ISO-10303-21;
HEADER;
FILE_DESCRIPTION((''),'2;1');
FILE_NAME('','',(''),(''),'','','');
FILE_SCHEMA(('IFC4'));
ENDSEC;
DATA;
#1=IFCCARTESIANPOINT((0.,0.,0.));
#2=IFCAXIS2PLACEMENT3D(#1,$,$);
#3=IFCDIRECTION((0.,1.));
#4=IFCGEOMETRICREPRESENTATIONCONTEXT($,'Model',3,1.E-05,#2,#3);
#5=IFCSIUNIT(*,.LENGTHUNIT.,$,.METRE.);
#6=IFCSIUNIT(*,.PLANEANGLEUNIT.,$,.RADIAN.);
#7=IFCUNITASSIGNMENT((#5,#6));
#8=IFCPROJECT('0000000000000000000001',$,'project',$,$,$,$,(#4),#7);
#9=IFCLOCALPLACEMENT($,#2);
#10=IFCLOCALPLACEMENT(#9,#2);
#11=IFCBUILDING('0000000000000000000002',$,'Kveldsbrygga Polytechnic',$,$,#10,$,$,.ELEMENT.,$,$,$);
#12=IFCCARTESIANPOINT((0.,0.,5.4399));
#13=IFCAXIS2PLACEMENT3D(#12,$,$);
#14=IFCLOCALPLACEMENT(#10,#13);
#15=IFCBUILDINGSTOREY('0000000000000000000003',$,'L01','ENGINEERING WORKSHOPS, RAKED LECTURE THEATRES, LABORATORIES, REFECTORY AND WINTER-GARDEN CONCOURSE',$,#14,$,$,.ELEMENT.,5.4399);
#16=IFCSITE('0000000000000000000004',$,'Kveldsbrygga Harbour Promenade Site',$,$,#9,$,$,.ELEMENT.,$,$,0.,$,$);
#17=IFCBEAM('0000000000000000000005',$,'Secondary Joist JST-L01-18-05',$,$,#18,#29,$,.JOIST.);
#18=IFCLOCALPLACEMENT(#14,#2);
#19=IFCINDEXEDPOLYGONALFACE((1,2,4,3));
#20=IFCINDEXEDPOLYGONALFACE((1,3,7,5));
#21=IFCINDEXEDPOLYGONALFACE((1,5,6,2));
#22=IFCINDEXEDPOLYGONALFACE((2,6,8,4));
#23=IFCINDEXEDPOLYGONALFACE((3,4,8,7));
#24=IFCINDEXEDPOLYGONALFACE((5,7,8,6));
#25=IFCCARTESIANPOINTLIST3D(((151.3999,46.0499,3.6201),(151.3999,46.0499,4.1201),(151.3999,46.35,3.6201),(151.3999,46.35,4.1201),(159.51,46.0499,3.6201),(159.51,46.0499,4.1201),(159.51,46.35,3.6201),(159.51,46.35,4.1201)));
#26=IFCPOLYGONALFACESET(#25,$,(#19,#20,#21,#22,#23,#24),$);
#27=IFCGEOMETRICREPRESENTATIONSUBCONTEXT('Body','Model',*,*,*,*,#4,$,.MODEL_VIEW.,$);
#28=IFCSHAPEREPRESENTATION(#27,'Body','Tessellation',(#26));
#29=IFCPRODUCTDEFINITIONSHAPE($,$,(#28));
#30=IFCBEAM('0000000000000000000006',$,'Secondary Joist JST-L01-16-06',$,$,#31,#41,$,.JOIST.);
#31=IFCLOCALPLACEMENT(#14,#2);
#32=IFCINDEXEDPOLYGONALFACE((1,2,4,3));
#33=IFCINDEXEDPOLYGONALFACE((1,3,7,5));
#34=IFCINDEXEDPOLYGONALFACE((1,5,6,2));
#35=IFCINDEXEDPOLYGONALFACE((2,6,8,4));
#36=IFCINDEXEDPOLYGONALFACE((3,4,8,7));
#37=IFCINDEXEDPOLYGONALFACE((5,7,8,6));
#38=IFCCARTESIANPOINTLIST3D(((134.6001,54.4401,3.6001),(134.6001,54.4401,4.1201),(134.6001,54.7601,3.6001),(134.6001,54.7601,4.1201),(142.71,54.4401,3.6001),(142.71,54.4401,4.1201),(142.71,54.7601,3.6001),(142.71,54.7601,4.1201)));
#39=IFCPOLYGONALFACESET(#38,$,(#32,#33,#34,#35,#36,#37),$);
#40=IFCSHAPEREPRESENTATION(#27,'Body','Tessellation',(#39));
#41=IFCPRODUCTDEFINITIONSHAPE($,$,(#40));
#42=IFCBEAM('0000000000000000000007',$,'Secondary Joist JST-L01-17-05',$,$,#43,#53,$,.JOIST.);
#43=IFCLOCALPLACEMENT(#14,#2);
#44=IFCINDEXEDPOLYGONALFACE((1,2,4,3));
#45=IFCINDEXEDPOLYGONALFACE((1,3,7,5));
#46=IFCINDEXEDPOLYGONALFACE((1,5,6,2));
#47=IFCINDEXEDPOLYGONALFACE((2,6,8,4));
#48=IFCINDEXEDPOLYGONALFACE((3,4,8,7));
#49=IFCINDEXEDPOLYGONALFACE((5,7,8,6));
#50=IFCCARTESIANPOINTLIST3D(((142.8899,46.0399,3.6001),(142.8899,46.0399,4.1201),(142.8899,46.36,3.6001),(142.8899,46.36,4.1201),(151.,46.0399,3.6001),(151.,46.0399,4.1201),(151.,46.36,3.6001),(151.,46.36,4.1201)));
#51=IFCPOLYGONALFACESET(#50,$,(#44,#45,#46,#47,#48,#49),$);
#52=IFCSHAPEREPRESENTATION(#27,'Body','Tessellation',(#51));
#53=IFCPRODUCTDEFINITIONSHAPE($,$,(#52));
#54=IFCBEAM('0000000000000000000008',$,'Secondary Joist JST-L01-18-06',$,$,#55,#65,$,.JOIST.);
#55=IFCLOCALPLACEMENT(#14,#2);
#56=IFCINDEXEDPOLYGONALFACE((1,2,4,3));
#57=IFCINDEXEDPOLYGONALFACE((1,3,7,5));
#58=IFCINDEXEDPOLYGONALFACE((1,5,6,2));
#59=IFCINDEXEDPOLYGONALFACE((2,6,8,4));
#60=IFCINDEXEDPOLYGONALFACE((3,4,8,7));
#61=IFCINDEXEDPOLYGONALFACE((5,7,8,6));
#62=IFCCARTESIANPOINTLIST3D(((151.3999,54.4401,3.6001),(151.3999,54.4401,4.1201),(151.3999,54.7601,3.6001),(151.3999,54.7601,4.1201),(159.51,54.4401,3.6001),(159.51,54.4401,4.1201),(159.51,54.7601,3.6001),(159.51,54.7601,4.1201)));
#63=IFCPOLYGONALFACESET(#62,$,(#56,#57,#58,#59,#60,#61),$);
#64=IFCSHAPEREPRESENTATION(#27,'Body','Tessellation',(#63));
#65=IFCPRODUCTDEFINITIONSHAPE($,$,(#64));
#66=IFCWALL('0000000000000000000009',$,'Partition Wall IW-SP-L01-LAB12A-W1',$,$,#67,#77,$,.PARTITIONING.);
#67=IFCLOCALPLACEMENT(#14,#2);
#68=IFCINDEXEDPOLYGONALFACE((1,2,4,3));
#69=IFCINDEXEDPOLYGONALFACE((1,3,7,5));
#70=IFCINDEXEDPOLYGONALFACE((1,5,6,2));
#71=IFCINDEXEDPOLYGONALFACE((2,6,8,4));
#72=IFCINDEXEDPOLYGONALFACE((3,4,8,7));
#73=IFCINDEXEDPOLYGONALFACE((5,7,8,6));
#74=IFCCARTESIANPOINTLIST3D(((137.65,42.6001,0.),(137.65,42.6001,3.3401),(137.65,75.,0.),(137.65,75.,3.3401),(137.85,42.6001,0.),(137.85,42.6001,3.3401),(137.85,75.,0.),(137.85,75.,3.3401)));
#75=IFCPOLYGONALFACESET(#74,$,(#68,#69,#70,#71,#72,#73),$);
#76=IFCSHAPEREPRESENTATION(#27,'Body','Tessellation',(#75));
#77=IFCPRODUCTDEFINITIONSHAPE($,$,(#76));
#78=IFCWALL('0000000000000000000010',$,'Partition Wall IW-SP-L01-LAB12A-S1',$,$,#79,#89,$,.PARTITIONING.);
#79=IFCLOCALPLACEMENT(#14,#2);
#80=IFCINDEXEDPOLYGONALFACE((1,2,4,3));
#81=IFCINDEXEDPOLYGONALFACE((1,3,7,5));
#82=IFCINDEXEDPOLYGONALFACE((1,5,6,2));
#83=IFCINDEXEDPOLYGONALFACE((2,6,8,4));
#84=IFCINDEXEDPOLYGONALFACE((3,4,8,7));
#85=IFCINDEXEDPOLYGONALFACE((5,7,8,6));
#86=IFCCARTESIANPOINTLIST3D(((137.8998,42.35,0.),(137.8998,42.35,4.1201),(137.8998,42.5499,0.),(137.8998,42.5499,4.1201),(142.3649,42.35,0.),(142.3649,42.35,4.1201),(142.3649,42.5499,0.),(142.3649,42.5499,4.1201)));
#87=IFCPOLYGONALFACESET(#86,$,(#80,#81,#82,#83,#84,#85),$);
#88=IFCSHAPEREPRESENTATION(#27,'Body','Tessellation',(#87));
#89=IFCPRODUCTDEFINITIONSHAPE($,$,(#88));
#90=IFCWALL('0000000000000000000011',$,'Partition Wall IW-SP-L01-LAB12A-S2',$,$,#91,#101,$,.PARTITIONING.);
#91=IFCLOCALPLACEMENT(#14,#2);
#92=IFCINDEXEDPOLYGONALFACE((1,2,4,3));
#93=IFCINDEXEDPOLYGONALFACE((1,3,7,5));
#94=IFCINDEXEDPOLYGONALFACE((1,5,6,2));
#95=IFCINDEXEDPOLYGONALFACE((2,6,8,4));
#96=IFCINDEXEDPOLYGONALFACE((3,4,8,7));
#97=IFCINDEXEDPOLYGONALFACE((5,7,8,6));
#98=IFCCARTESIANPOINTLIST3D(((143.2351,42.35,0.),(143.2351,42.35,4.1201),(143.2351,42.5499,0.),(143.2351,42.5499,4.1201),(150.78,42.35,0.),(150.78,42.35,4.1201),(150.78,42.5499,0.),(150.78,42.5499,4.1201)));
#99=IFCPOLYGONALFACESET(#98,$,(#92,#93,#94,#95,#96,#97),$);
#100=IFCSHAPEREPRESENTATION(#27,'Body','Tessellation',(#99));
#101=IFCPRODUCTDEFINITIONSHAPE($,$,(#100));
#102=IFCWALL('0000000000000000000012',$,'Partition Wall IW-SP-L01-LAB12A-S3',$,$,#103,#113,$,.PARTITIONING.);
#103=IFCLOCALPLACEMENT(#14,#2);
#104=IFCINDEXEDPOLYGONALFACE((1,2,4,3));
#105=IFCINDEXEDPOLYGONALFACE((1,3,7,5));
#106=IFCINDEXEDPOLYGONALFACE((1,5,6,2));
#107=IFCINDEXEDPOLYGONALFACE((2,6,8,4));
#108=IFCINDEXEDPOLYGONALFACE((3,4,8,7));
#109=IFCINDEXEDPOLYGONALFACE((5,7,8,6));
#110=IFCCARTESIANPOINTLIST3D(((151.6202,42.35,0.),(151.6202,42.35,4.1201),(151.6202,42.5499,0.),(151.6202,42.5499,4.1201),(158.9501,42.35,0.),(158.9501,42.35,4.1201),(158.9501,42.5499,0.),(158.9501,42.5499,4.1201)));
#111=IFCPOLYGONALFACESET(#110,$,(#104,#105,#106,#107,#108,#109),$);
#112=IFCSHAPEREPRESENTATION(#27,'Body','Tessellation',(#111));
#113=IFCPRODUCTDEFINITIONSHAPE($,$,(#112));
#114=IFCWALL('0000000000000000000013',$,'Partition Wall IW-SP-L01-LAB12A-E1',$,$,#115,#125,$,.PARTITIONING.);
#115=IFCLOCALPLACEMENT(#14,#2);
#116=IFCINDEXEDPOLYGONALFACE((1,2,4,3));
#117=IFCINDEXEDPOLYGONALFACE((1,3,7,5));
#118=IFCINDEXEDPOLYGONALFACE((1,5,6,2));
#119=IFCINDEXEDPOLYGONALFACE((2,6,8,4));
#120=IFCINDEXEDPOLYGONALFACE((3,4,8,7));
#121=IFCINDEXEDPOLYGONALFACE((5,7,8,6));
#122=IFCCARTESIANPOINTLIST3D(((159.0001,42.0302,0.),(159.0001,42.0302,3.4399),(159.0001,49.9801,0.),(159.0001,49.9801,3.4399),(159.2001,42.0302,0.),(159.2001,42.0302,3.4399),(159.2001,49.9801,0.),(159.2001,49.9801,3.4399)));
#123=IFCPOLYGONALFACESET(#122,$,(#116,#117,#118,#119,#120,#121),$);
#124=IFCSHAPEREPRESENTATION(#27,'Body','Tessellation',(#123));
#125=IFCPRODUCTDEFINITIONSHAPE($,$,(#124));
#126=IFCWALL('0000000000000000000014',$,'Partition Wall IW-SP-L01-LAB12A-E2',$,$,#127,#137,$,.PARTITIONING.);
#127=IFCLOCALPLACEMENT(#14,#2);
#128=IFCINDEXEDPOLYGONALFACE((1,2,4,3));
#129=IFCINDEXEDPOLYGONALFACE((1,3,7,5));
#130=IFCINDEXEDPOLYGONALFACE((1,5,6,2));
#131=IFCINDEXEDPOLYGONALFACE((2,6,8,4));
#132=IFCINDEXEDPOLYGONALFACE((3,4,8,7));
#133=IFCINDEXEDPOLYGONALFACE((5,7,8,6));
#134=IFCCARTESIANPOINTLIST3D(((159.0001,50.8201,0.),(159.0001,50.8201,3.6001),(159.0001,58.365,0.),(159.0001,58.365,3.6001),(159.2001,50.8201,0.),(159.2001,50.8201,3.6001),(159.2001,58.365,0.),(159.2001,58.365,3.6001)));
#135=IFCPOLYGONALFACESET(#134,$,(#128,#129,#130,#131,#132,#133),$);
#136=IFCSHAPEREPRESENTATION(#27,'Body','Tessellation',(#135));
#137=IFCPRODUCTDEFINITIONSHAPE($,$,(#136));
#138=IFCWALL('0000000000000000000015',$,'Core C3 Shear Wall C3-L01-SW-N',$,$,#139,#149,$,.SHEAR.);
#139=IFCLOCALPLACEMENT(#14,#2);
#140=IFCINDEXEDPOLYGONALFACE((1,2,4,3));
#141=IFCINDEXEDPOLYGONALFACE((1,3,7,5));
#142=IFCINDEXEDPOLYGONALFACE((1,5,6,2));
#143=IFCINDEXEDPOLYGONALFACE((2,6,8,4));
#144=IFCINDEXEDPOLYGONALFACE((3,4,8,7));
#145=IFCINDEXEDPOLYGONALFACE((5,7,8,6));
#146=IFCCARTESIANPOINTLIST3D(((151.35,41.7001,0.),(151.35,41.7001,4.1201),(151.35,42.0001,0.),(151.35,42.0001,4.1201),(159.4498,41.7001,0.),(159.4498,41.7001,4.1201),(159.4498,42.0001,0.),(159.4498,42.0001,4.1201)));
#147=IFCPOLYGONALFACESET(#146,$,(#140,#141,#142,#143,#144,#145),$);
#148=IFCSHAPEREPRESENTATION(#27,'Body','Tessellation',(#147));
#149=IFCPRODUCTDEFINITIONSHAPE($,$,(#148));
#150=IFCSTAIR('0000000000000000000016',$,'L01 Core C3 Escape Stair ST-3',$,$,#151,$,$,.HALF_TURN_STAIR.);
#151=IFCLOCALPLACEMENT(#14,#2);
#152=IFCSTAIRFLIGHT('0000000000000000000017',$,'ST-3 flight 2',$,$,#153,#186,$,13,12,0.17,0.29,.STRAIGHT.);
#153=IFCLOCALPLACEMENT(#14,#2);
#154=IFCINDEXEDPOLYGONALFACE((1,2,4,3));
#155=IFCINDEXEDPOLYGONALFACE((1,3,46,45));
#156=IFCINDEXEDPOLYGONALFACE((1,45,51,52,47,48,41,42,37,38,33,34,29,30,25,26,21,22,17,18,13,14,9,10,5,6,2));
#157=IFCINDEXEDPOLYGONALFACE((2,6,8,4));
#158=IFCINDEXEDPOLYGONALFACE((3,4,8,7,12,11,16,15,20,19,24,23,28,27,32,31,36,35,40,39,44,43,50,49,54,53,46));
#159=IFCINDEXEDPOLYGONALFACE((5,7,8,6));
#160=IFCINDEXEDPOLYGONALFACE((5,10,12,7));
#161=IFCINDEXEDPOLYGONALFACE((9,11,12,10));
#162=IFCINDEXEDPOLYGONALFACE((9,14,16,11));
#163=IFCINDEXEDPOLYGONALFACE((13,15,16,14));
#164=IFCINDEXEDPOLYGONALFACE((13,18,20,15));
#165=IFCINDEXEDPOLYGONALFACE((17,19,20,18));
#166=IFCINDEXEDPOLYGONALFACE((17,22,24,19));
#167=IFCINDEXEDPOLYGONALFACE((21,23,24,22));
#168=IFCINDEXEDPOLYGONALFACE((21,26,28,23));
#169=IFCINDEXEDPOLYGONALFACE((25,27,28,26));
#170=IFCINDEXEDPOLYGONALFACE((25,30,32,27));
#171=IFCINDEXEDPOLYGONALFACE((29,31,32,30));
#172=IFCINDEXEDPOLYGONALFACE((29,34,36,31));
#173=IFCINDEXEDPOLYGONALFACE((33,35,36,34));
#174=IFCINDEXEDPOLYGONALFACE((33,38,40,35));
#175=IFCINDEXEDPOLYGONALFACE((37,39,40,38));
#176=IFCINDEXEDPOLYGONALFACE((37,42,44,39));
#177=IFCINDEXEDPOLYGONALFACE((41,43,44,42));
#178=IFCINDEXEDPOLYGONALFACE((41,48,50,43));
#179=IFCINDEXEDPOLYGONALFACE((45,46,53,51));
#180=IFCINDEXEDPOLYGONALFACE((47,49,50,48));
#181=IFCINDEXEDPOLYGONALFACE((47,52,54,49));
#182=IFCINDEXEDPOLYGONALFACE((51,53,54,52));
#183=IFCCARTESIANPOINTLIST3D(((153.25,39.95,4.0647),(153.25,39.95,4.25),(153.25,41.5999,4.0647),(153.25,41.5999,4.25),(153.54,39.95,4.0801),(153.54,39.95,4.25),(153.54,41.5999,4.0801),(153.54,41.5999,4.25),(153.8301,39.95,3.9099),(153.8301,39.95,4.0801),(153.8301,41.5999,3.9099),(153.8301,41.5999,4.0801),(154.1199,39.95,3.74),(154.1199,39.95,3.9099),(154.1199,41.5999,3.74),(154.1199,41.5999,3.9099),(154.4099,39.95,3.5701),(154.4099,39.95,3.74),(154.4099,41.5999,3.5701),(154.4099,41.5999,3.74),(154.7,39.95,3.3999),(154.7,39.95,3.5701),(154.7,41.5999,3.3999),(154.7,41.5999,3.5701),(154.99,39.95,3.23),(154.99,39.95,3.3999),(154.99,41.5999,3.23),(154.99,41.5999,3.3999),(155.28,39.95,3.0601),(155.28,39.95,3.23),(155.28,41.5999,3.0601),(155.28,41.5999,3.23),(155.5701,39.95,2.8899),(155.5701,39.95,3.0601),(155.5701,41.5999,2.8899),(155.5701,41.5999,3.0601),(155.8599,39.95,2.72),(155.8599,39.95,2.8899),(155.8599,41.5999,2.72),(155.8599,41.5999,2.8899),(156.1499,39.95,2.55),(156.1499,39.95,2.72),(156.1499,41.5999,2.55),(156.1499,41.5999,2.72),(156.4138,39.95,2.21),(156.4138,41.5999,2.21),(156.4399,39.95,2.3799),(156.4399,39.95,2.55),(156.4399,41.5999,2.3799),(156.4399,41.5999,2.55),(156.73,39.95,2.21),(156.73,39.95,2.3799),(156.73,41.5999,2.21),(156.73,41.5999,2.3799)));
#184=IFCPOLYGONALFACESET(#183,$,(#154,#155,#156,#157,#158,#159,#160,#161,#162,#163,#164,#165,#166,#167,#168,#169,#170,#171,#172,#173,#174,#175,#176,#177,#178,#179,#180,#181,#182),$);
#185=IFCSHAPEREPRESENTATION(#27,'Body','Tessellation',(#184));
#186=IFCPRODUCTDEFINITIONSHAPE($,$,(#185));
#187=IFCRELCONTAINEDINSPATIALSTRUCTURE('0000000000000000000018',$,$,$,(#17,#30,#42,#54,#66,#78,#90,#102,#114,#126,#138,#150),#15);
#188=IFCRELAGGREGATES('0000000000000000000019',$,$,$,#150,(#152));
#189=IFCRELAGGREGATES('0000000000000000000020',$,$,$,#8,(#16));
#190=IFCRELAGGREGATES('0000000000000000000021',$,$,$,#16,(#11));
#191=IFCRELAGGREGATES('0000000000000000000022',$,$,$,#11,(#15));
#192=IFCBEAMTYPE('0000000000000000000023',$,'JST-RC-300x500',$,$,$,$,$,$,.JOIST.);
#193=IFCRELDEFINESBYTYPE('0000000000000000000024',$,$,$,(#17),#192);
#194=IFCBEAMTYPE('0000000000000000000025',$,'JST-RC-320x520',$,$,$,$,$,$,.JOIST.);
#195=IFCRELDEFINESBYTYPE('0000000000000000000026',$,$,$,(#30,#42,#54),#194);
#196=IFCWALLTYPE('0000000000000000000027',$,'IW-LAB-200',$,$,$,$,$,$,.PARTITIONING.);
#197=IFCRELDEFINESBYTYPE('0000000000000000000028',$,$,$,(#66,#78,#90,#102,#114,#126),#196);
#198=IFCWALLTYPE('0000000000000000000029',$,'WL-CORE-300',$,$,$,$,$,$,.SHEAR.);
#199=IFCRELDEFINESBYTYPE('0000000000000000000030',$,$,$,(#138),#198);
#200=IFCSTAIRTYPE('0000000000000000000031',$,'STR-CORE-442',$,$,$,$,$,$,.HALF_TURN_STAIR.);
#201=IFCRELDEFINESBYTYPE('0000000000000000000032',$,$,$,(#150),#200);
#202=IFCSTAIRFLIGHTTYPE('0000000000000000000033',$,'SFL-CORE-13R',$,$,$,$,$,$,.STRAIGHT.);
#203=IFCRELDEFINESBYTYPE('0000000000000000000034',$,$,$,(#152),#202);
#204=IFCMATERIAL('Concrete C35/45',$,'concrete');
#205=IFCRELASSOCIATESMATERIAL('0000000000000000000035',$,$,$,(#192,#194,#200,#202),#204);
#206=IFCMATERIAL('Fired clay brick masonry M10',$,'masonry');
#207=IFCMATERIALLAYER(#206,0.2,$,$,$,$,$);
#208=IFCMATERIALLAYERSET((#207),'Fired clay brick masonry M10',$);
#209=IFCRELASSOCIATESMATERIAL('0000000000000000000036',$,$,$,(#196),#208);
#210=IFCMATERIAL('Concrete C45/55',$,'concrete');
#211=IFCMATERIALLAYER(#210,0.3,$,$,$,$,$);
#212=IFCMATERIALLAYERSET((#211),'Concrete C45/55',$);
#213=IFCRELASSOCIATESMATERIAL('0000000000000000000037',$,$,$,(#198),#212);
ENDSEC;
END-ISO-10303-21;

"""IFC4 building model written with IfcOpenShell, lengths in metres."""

from ifc_helpers import new_model, si_unit, direction, frame, frame_2d, origin, origin_2d, place, context, subcontext, project, spatial, polyline, rectangle, outline, extrude, material, layer, layer_set, material_profile, profile_set, type_object, element, aggregate, save


model = new_model("IFC4")

# Units and contexts
model_context = context("Model", 3, precision=1e-05, world=origin(), true_north=direction((0.0, 1.0)))
body_context = subcontext(model_context, "Body", "Model", "MODEL_VIEW")
ifc_project = project(units=[si_unit("LENGTHUNIT", "METRE"), si_unit("PLANEANGLEUNIT", "RADIAN")], contexts=[model_context])

# Site, building, storey
site_placement = place(None, origin())
site = spatial("IfcSite", under=ifc_project, at=site_placement, Name="Kveldsbrygga Harbour Promenade Site", CompositionType="ELEMENT", RefElevation=0.0)
building_placement = place(site_placement, origin())
building = spatial("IfcBuilding", under=site, at=building_placement, Name="Kveldsbrygga Polytechnic", CompositionType="ELEMENT")
storey_placement = place(building_placement, frame((0.0, 0.0, 5.4399)))
storey = spatial("IfcBuildingStorey", under=building, at=storey_placement, Name="L01", Description="ENGINEERING WORKSHOPS, RAKED LECTURE THEATRES, LABORATORIES, REFECTORY AND WINTER-GARDEN CONCOURSE", CompositionType="ELEMENT", Elevation=5.4399)

# Shared definitions
ifc_material_1 = material(Name="Concrete C45/55", Category="concrete")

# Beams
ifc_material_2 = material(Name="Concrete C35/45", Category="concrete")
ifc_material_profile_1 = material_profile(ifc_material_2, rectangle(XDim=0.3, YDim=0.5, at=origin_2d()), Name="RC 300x500")
ifc_profile_set_1 = profile_set([ifc_material_profile_1], Name="Concrete C35/45")
beam_type_1 = type_object("IfcBeamType", Name="JST-RC-300x500", PredefinedType="JOIST", material=ifc_profile_set_1)
for number, where, z_axis, x_axis, name in (
    (1, (151.3999, 46.2, 3.8701), (1.0, 0.0, 0.0), (0.0, 1.0, 0.0), "Secondary Joist JST-L01-18-05"),
):
    element("IfcBeam", number, at=place(storey_placement, frame(where, z_axis=z_axis, x_axis=x_axis)), inside=storey, type_object=beam_type_1, Name=name, PredefinedType="JOIST", context=body_context, shape_type="SweptSolid", body=[
        extrude(rectangle(XDim=0.3, YDim=0.5, at=origin_2d()), origin(), (0.0, 0.0, 1.0), 8.1101),
    ])
ifc_material_profile_2 = material_profile(ifc_material_2, rectangle(XDim=0.3201, YDim=0.52, at=origin_2d()), Name="RC 320x520")
ifc_profile_set_2 = profile_set([ifc_material_profile_2], Name="Concrete C35/45")
beam_type_2 = type_object("IfcBeamType", Name="JST-RC-320x520", PredefinedType="JOIST", material=ifc_profile_set_2)
beam_1_placement = place(storey_placement, frame((134.6001, 54.6001, 3.8601), z_axis=(1.0, 0.0, 0.0), x_axis=(0.0, 1.0, 0.0)))
element("IfcBeam", 2, at=beam_1_placement, inside=storey, type_object=beam_type_2, Name="Secondary Joist JST-L01-16-06", PredefinedType="JOIST", context=body_context, shape_type="SweptSolid", body=[
    extrude(rectangle(XDim=0.3201, YDim=0.52, at=origin_2d()), origin(), (0.0, 0.0, 1.0), 8.1099),
])
for number, where, z_axis, x_axis, name in (
    (3, (142.8899, 46.2, 3.8601), (1.0, 0.0, 0.0), (0.0, 1.0, 0.0), "Secondary Joist JST-L01-17-05"),
    (4, (151.3999, 54.6001, 3.8601), (1.0, 0.0, 0.0), (0.0, 1.0, 0.0), "Secondary Joist JST-L01-18-06"),
):
    element("IfcBeam", number, at=place(storey_placement, frame(where, z_axis=z_axis, x_axis=x_axis)), inside=storey, type_object=beam_type_2, Name=name, PredefinedType="JOIST", context=body_context, shape_type="SweptSolid", body=[
        extrude(rectangle(XDim=0.3201, YDim=0.52, at=origin_2d()), origin(), (0.0, 0.0, 1.0), 8.1101),
    ])

# Walls
ifc_material_3 = material(Name="Fired clay brick masonry M10", Category="masonry")
ifc_layer_1 = layer(ifc_material_3, 0.2)
ifc_layer_set_1 = layer_set([ifc_layer_1], Name="Fired clay brick masonry M10")
wall_type_1 = type_object("IfcWallType", Name="IW-LAB-200", PredefinedType="PARTITIONING", material=ifc_layer_set_1)
wall_1_placement = place(storey_placement, frame((137.75, 42.6001, 0.0), z_axis=(0.0, 0.0, 1.0), x_axis=(0.0, 1.0, 0.0)))
element("IfcWall", 5, at=wall_1_placement, inside=storey, type_object=wall_type_1, Name="Partition Wall IW-SP-L01-LAB12A-W1", PredefinedType="PARTITIONING", context=body_context, shape_type="SweptSolid", body=[
    extrude(rectangle(XDim=32.3999, YDim=0.2, at=frame_2d((16.2, 0.0))), origin(), (0.0, 0.0, 1.0), 3.3401),
])
wall_2_placement = place(storey_placement, frame((137.8999, 42.45, 0.0), z_axis=(0.0, 0.0, 1.0), x_axis=(1.0, 0.0, 0.0)))
element("IfcWall", 6, at=wall_2_placement, inside=storey, type_object=wall_type_1, Name="Partition Wall IW-SP-L01-LAB12A-S1", PredefinedType="PARTITIONING", context=body_context, shape_type="SweptSolid", body=[
    extrude(rectangle(XDim=4.4651, YDim=0.2, at=frame_2d((2.2324, 0.0))), origin(), (0.0, 0.0, 1.0), 4.1201),
])
wall_3_placement = place(storey_placement, frame((143.2351, 42.45, 0.0), z_axis=(0.0, 0.0, 1.0), x_axis=(1.0, 0.0, 0.0)))
element("IfcWall", 7, at=wall_3_placement, inside=storey, type_object=wall_type_1, Name="Partition Wall IW-SP-L01-LAB12A-S2", PredefinedType="PARTITIONING", context=body_context, shape_type="SweptSolid", body=[
    extrude(rectangle(XDim=7.5449, YDim=0.2, at=frame_2d((3.7725, 0.0))), origin(), (0.0, 0.0, 1.0), 4.1201),
])
wall_4_placement = place(storey_placement, frame((151.6201, 42.45, 0.0), z_axis=(0.0, 0.0, 1.0), x_axis=(1.0, 0.0, 0.0)))
element("IfcWall", 8, at=wall_4_placement, inside=storey, type_object=wall_type_1, Name="Partition Wall IW-SP-L01-LAB12A-S3", PredefinedType="PARTITIONING", context=body_context, shape_type="SweptSolid", body=[
    extrude(rectangle(XDim=7.3298, YDim=0.2, at=frame_2d((3.665, 0.0))), origin(), (0.0, 0.0, 1.0), 4.1201),
])
wall_5_placement = place(storey_placement, frame((159.1001, 42.03, 0.0), z_axis=(0.0, 0.0, 1.0), x_axis=(0.0, 1.0, 0.0)))
element("IfcWall", 9, at=wall_5_placement, inside=storey, type_object=wall_type_1, Name="Partition Wall IW-SP-L01-LAB12A-E1", PredefinedType="PARTITIONING", context=body_context, shape_type="SweptSolid", body=[
    extrude(rectangle(XDim=7.95, YDim=0.2, at=frame_2d((3.9751, 0.0))), origin(), (0.0, 0.0, 1.0), 3.4399),
])
wall_6_placement = place(storey_placement, frame((159.1001, 50.8201, 0.0), z_axis=(0.0, 0.0, 1.0), x_axis=(0.0, 1.0, 0.0)))
element("IfcWall", 10, at=wall_6_placement, inside=storey, type_object=wall_type_1, Name="Partition Wall IW-SP-L01-LAB12A-E2", PredefinedType="PARTITIONING", context=body_context, shape_type="SweptSolid", body=[
    extrude(rectangle(XDim=7.5449, YDim=0.2, at=frame_2d((3.7725, 0.0))), origin(), (0.0, 0.0, 1.0), 3.6001),
])
ifc_layer_2 = layer(ifc_material_1, 0.3)
ifc_layer_set_2 = layer_set([ifc_layer_2], Name="Concrete C45/55")
wall_type_2 = type_object("IfcWallType", Name="WL-CORE-300", PredefinedType="SHEAR", material=ifc_layer_set_2)
wall_7_placement = place(storey_placement, frame((151.3501, 41.8501, 0.0), z_axis=(0.0, 0.0, 1.0), x_axis=(1.0, 0.0, 0.0)))
element("IfcWall", 11, at=wall_7_placement, inside=storey, type_object=wall_type_2, Name="Core C3 Shear Wall C3-L01-SW-N", PredefinedType="SHEAR", context=body_context, shape_type="SweptSolid", body=[
    extrude(rectangle(XDim=8.0999, YDim=0.3, at=frame_2d((4.0498, 0.0))), origin(), (0.0, 0.0, 1.0), 4.1201),
])

# Stair, stair flight
stair_type = type_object("IfcStairType", Name="STR-CORE-442", PredefinedType="HALF_TURN_STAIR", material=ifc_material_2)
stair_placement = place(storey_placement, origin())
stair = element("IfcStair", 12, at=stair_placement, inside=storey, type_object=stair_type, Name="L01 Core C3 Escape Stair ST-3", PredefinedType="HALF_TURN_STAIR")
stair_flight_type = type_object("IfcStairFlightType", Name="SFL-CORE-13R", PredefinedType="STRAIGHT", material=ifc_material_2)
stair_flight_placement = place(storey_placement, frame((156.73, 40.7749, 2.21), z_axis=(0.0, 0.0, 1.0), x_axis=(-1.0, 0.0, 0.0)))
stair_flight = element("IfcStairFlight", 13, at=stair_flight_placement, type_object=stair_flight_type, Name="ST-3 flight 2", NumberOfRisers=13, NumberOfTreads=12, PredefinedType="STRAIGHT", RiserHeight=0.17, TreadLength=0.29, context=body_context, shape_type="SweptSolid", body=[
    extrude(outline(polyline([(0.0, 0.0), (0.0, 0.1699), (0.29, 0.1699), (0.29, 0.3401), (0.5801, 0.3401), (0.5801, 0.51), (0.8701, 0.51), (0.8701, 0.6799), (1.1599, 0.6799), (1.1599, 0.8501), (1.45, 0.8501), (1.45, 1.02), (1.74, 1.02), (1.74, 1.1899), (2.03, 1.1899), (2.03, 1.3601), (2.3201, 1.3601), (2.3201, 1.53), (2.6101, 1.53), (2.6101, 1.7), (2.8999, 1.7), (2.8999, 1.8701), (3.1899, 1.8701), (3.1899, 2.04), (3.48, 2.04), (3.48, 2.21), (3.48, 1.8547), (0.3162, 0.0), (0.0, 0.0)])), frame((0.0, 0.825, 0.0), z_axis=(0.0, -1.0, 0.0), x_axis=(1.0, 0.0, 0.0)), (0.0, 0.0, 1.0), 1.6499),
])
aggregate(stair, [stair_flight])

save(model, "model.ifc")
